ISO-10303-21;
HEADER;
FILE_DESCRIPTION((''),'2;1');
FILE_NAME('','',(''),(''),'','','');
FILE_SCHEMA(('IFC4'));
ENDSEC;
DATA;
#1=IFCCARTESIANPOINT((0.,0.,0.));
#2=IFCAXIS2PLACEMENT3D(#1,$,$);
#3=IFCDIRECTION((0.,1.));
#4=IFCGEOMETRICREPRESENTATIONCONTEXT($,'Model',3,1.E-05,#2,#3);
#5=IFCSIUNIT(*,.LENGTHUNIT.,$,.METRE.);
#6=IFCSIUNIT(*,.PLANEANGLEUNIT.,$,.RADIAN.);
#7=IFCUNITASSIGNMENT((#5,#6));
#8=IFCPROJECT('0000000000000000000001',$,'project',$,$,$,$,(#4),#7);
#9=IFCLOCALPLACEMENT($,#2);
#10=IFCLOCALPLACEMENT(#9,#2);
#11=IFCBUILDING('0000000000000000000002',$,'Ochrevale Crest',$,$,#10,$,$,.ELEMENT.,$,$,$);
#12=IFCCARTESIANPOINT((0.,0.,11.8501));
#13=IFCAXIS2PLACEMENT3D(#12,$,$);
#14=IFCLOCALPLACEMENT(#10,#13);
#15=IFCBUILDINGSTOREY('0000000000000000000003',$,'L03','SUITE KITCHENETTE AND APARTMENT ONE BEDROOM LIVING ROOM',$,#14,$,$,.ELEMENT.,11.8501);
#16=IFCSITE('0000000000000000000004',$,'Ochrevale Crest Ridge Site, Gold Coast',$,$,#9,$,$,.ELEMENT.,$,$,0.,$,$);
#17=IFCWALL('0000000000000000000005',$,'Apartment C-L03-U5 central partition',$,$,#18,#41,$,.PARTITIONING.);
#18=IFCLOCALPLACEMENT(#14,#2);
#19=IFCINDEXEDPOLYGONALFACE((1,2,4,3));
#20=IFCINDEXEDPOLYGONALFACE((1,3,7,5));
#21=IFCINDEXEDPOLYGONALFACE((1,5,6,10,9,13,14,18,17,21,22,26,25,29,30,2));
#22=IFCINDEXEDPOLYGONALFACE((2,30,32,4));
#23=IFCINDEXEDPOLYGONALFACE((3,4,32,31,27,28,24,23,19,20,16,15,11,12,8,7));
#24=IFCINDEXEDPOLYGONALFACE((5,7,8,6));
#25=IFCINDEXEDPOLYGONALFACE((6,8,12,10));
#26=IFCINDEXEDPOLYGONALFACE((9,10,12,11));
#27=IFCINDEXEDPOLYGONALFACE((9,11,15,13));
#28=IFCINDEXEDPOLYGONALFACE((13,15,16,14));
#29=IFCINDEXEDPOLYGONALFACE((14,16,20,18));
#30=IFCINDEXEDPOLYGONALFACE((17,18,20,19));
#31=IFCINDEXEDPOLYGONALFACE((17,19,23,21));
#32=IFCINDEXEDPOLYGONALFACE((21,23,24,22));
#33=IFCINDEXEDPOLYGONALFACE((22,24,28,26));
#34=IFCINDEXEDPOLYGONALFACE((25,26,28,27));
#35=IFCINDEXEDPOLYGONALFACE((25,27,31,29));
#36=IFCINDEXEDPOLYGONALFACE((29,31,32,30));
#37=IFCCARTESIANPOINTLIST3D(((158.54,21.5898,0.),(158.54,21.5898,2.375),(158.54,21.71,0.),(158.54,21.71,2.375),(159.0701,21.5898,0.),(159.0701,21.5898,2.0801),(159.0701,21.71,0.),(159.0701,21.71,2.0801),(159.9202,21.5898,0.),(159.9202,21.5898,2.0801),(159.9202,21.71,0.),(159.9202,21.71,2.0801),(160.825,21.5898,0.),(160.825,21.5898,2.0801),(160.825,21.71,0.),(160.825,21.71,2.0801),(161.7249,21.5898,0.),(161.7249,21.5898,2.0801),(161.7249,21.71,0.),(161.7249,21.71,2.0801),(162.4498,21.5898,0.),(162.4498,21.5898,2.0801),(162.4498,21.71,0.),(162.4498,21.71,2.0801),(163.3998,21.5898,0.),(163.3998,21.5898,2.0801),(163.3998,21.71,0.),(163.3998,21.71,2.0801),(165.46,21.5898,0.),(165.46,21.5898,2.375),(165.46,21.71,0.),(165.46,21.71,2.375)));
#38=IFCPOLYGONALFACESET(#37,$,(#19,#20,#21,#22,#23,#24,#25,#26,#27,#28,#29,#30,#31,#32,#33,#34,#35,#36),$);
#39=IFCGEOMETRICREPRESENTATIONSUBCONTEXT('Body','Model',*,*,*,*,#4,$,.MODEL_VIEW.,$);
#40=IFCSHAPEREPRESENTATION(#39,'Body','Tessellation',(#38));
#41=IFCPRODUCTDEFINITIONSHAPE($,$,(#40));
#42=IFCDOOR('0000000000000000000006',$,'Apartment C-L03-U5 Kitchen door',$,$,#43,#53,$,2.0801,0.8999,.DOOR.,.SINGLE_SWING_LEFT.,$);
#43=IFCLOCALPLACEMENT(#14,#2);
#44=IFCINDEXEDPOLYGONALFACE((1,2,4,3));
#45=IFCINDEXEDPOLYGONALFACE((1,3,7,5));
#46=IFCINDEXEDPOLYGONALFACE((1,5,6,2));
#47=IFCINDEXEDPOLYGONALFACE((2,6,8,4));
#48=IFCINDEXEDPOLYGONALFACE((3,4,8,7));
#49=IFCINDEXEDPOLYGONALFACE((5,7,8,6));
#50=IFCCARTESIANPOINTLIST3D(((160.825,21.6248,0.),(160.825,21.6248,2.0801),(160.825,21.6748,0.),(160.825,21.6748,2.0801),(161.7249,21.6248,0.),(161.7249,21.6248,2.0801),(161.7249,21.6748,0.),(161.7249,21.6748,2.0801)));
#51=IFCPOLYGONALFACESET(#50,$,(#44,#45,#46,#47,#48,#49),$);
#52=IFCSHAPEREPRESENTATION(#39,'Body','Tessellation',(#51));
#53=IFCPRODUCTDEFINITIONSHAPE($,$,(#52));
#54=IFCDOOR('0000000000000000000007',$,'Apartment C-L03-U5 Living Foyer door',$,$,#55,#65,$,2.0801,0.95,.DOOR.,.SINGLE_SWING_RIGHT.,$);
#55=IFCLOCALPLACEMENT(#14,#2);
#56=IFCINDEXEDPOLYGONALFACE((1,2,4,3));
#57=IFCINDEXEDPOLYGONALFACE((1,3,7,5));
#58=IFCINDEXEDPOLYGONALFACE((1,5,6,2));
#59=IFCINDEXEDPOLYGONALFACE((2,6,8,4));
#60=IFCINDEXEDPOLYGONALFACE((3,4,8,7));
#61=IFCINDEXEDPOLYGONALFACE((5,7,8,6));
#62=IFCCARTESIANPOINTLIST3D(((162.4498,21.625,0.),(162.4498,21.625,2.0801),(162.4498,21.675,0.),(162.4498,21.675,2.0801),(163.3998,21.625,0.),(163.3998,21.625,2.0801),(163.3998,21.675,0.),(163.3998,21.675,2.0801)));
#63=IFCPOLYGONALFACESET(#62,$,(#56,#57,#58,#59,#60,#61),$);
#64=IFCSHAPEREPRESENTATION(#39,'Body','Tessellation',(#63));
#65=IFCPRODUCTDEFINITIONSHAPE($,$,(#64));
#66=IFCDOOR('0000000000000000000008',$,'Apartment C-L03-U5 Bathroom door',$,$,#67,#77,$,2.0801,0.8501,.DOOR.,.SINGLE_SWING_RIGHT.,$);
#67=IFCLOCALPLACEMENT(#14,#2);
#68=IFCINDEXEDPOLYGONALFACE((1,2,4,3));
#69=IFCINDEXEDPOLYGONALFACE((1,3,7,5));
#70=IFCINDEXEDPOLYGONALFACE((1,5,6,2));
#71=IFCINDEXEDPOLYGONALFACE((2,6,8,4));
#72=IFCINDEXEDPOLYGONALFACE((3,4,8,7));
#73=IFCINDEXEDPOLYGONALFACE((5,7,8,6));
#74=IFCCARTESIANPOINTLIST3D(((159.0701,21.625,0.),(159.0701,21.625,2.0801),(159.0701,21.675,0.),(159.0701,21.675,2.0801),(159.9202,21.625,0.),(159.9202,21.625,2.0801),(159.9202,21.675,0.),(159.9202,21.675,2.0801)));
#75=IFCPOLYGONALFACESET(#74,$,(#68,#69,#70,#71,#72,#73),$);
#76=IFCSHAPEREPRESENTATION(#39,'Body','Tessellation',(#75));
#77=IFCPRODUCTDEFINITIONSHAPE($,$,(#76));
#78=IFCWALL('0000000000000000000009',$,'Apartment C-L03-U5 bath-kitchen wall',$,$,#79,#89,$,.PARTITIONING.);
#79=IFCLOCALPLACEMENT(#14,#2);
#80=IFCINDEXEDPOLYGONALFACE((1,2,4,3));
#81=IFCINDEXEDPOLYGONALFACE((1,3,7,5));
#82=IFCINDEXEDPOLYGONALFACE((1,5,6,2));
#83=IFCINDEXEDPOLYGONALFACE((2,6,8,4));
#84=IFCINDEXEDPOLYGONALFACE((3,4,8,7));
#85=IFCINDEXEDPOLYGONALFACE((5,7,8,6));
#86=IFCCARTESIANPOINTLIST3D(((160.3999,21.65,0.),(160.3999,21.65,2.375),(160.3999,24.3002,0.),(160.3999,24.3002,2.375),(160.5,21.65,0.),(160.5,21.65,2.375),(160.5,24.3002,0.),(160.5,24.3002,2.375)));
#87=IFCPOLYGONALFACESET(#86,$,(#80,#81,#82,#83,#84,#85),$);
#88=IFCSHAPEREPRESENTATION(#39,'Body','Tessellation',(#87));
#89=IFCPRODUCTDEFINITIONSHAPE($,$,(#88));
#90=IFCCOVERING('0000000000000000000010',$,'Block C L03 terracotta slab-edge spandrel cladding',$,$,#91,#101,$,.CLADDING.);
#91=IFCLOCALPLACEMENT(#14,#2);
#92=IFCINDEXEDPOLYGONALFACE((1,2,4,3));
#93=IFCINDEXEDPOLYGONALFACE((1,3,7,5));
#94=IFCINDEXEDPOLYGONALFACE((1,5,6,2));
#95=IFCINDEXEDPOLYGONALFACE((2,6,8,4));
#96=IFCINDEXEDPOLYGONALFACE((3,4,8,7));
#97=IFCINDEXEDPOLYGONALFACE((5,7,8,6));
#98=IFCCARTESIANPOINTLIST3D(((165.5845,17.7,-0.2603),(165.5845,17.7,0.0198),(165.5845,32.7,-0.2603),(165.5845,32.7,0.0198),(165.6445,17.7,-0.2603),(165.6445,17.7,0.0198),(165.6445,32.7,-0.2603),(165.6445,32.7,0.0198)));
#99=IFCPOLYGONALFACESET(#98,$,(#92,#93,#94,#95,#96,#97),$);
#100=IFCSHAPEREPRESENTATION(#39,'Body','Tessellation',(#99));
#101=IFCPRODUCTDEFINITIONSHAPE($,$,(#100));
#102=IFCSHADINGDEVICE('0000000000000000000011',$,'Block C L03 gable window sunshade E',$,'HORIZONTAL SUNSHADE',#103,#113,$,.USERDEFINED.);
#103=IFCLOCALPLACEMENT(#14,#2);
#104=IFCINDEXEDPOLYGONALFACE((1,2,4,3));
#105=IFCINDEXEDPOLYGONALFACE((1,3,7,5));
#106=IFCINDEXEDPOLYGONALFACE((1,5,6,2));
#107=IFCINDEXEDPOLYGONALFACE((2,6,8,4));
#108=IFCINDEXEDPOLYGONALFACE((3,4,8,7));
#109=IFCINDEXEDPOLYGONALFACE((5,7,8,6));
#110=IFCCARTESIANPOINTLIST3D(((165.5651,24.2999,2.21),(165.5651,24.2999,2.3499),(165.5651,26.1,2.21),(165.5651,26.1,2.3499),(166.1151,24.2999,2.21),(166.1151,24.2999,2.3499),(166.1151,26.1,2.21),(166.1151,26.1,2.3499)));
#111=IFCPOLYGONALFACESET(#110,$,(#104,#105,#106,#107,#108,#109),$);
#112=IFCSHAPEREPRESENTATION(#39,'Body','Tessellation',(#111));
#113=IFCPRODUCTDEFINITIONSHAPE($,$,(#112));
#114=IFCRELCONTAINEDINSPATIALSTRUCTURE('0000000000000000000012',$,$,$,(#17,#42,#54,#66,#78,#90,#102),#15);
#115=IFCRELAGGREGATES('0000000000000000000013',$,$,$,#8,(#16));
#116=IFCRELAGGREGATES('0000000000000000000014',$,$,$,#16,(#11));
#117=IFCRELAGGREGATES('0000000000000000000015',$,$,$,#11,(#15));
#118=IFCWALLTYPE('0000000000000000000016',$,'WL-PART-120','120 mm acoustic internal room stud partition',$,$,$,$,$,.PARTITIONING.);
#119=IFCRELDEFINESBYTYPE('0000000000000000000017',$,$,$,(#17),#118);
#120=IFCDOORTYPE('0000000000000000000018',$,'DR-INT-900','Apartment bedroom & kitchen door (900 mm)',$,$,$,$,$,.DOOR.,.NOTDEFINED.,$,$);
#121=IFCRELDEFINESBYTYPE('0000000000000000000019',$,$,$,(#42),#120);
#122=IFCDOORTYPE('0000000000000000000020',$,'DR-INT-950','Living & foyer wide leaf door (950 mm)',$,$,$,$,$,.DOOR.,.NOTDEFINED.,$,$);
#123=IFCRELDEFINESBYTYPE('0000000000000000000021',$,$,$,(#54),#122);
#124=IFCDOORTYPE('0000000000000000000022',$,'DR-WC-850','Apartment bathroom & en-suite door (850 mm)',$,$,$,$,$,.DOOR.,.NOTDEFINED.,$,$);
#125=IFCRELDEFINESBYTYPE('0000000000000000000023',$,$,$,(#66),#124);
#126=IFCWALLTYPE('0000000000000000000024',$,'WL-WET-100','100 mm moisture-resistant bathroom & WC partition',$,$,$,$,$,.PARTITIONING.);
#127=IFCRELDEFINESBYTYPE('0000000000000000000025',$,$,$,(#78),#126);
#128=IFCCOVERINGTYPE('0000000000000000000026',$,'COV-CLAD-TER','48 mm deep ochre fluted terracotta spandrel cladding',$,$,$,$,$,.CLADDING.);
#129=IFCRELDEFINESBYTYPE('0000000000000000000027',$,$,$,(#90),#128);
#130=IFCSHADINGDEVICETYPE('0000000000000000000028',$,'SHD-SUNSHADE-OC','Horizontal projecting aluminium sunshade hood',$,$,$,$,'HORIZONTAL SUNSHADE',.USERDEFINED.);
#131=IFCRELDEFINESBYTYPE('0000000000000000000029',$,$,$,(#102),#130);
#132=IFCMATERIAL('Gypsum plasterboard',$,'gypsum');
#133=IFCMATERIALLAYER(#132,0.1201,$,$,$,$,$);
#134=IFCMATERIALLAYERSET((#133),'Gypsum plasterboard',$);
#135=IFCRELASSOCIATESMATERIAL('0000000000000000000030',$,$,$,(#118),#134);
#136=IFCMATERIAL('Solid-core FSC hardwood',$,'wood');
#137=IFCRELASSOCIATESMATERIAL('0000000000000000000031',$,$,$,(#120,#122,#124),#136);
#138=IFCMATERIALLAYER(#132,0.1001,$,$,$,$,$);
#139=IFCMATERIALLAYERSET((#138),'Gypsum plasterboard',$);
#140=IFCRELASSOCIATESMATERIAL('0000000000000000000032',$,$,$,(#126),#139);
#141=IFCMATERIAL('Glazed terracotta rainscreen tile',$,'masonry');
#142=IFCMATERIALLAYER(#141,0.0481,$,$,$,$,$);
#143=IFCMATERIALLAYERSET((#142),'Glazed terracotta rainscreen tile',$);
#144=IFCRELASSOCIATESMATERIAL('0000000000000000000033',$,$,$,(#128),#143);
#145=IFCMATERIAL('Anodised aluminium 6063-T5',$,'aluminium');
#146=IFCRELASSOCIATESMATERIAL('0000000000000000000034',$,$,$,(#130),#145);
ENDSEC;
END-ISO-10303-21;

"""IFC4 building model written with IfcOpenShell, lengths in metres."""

from ifc_helpers import new_model, si_unit, direction, frame, frame_2d, origin, origin_2d, place, context, subcontext, project, spatial, rectangle, extrude, material, layer, layer_set, type_object, element, fill, save


model = new_model("IFC4")

# Units and contexts
model_context = context("Model", 3, precision=1e-05, world=origin(), true_north=direction((0.0, 1.0)))
body_context = subcontext(model_context, "Body", "Model", "MODEL_VIEW")
ifc_project = project(units=[si_unit("LENGTHUNIT", "METRE"), si_unit("PLANEANGLEUNIT", "RADIAN")], contexts=[model_context])

# Site, building, storey
site_placement = place(None, origin())
site = spatial("IfcSite", under=ifc_project, at=site_placement, Name="Ochrevale Crest Ridge Site, Gold Coast", CompositionType="ELEMENT", RefElevation=0.0)
building_placement = place(site_placement, origin())
building = spatial("IfcBuilding", under=site, at=building_placement, Name="Ochrevale Crest", CompositionType="ELEMENT")
storey_placement = place(building_placement, frame((0.0, 0.0, 11.8501)))
storey = spatial("IfcBuildingStorey", under=building, at=storey_placement, Name="L03", Description="SUITE KITCHENETTE AND APARTMENT ONE BEDROOM LIVING ROOM", CompositionType="ELEMENT", Elevation=11.8501)

# Shared definitions
ifc_material_1 = material(Name="Anodised aluminium 6063-T5", Category="aluminium")

# Shared definitions
ifc_material_2 = material(Name="Gypsum plasterboard", Category="gypsum")
ifc_material_3 = material(Name="Solid-core FSC hardwood", Category="wood")

# Shared definitions
ifc_layer_1 = layer(ifc_material_2, 0.1201)
ifc_layer_set_1 = layer_set([ifc_layer_1], Name="Gypsum plasterboard")
wall_type_1 = type_object("IfcWallType", Name="WL-PART-120", Description="120 mm acoustic internal room stud partition", PredefinedType="PARTITIONING", material=ifc_layer_set_1)

# Wall, openings, doors
wall_1_placement = place(storey_placement, frame((158.54, 21.6499, 0.0), z_axis=(0.0, 0.0, 1.0), x_axis=(1.0, 0.0, 0.0)))
wall_1 = element("IfcWall", 1, at=wall_1_placement, inside=storey, type_object=wall_type_1, Name="Apartment C-L03-U5 central partition", PredefinedType="PARTITIONING", context=body_context, shape_type="SweptSolid", body=[
    extrude(rectangle(XDim=6.9199, YDim=0.1201, at=frame_2d((3.46, 0.0))), origin(), (0.0, 0.0, 1.0), 2.375),
])
opening_1_placement = place(wall_1_placement, frame((1.3801, 0.0, 0.0), z_axis=(0.0, 0.0, 1.0), x_axis=(-1.0, 0.0, 0.0)))
opening_1 = element("IfcOpeningElement", 2, at=opening_1_placement, cuts=wall_1, PredefinedType="OPENING", context=body_context, shape_type="SweptSolid", body=[
    extrude(rectangle(XDim=0.8501, YDim=2.0801, at=frame_2d((0.425, 1.04))), frame((0.0, 0.0701, 0.0), z_axis=(0.0, -1.0, 0.0), x_axis=(1.0, 0.0, 0.0)), (0.0, 0.0, 1.0), 0.1401),
])
opening_2_placement = place(wall_1_placement, frame((2.2849, 0.0, 0.0)))
opening_2 = element("IfcOpeningElement", 3, at=opening_2_placement, cuts=wall_1, PredefinedType="OPENING", context=body_context, shape_type="SweptSolid", body=[
    extrude(rectangle(XDim=0.8999, YDim=2.0801, at=frame_2d((0.45, 1.04))), frame((0.0, 0.0701, 0.0), z_axis=(0.0, -1.0, 0.0), x_axis=(1.0, 0.0, 0.0)), (0.0, 0.0, 1.0), 0.1401),
])
opening_3_placement = place(wall_1_placement, frame((4.8599, 0.0, 0.0), z_axis=(0.0, 0.0, 1.0), x_axis=(-1.0, 0.0, 0.0)))
opening_3 = element("IfcOpeningElement", 4, at=opening_3_placement, cuts=wall_1, PredefinedType="OPENING", context=body_context, shape_type="SweptSolid", body=[
    extrude(rectangle(XDim=0.95, YDim=2.0801, at=frame_2d((0.4751, 1.04))), frame((0.0, 0.0701, 0.0), z_axis=(0.0, -1.0, 0.0), x_axis=(1.0, 0.0, 0.0)), (0.0, 0.0, 1.0), 0.1401),
])
door_type_1 = type_object("IfcDoorType", Name="DR-INT-900", Description="Apartment bedroom & kitchen door (900 mm)", OperationType="NOTDEFINED", PredefinedType="DOOR", material=ifc_material_3)
door_1_placement = place(opening_2_placement, origin())
door_1 = element("IfcDoor", 5, at=door_1_placement, inside=storey, type_object=door_type_1, Name="Apartment C-L03-U5 Kitchen door", OperationType="SINGLE_SWING_LEFT", OverallHeight=2.0801, OverallWidth=0.8999, PredefinedType="DOOR", context=body_context, shape_type="SweptSolid", body=[
    extrude(rectangle(XDim=0.8999, YDim=2.0801, at=frame_2d((0.45, 1.04))), frame((0.0, 0.0249, 0.0), z_axis=(0.0, -1.0, 0.0), x_axis=(1.0, 0.0, 0.0)), (0.0, 0.0, 1.0), 0.05),
])
fill(opening_2, door_1)
door_type_2 = type_object("IfcDoorType", Name="DR-INT-950", Description="Living & foyer wide leaf door (950 mm)", OperationType="NOTDEFINED", PredefinedType="DOOR", material=ifc_material_3)
door_2_placement = place(opening_3_placement, origin())
door_2 = element("IfcDoor", 6, at=door_2_placement, inside=storey, type_object=door_type_2, Name="Apartment C-L03-U5 Living Foyer door", OperationType="SINGLE_SWING_RIGHT", OverallHeight=2.0801, OverallWidth=0.95, PredefinedType="DOOR", context=body_context, shape_type="SweptSolid", body=[
    extrude(rectangle(XDim=0.95, YDim=2.0801, at=frame_2d((0.4751, 1.04))), frame((0.0, 0.0249, 0.0), z_axis=(0.0, -1.0, 0.0), x_axis=(1.0, 0.0, 0.0)), (0.0, 0.0, 1.0), 0.05),
])
fill(opening_3, door_2)
door_type_3 = type_object("IfcDoorType", Name="DR-WC-850", Description="Apartment bathroom & en-suite door (850 mm)", OperationType="NOTDEFINED", PredefinedType="DOOR", material=ifc_material_3)
door_3_placement = place(opening_1_placement, origin())
door_3 = element("IfcDoor", 7, at=door_3_placement, inside=storey, type_object=door_type_3, Name="Apartment C-L03-U5 Bathroom door", OperationType="SINGLE_SWING_RIGHT", OverallHeight=2.0801, OverallWidth=0.8501, PredefinedType="DOOR", context=body_context, shape_type="SweptSolid", body=[
    extrude(rectangle(XDim=0.8501, YDim=2.0801, at=frame_2d((0.425, 1.04))), frame((0.0, 0.0249, 0.0), z_axis=(0.0, -1.0, 0.0), x_axis=(1.0, 0.0, 0.0)), (0.0, 0.0, 1.0), 0.05),
])
fill(opening_1, door_3)

# Wall
ifc_layer_2 = layer(ifc_material_2, 0.1001)
ifc_layer_set_2 = layer_set([ifc_layer_2], Name="Gypsum plasterboard")
wall_type_2 = type_object("IfcWallType", Name="WL-WET-100", Description="100 mm moisture-resistant bathroom & WC partition", PredefinedType="PARTITIONING", material=ifc_layer_set_2)
wall_2_placement = place(storey_placement, frame((160.45, 21.6499, 0.0), z_axis=(0.0, 0.0, 1.0), x_axis=(0.0, 1.0, 0.0)))
element("IfcWall", 8, at=wall_2_placement, inside=storey, type_object=wall_type_2, Name="Apartment C-L03-U5 bath-kitchen wall", PredefinedType="PARTITIONING", context=body_context, shape_type="SweptSolid", body=[
    extrude(rectangle(XDim=2.6501, YDim=0.1001, at=frame_2d((1.3252, 0.0))), origin(), (0.0, 0.0, 1.0), 2.375),
])

# Covering
ifc_material_4 = material(Name="Glazed terracotta rainscreen tile", Category="masonry")
ifc_layer_3 = layer(ifc_material_4, 0.0481)
ifc_layer_set_3 = layer_set([ifc_layer_3], Name="Glazed terracotta rainscreen tile")
covering_type = type_object("IfcCoveringType", Name="COV-CLAD-TER", Description="48 mm deep ochre fluted terracotta spandrel cladding", PredefinedType="CLADDING", material=ifc_layer_set_3)
covering_placement = place(storey_placement, frame((165.6145, 25.2, -0.2603), z_axis=(0.0, 0.0, 1.0), x_axis=(0.0, 1.0, 0.0)))
element("IfcCovering", 9, at=covering_placement, inside=storey, type_object=covering_type, Name="Block C L03 terracotta slab-edge spandrel cladding", PredefinedType="CLADDING", context=body_context, shape_type="SweptSolid", body=[
    extrude(rectangle(XDim=15.0, YDim=0.0601, at=origin_2d()), origin(), (0.0, 0.0, 1.0), 0.28),
])

# Shading device
shading_device_type = type_object("IfcShadingDeviceType", Name="SHD-SUNSHADE-OC", Description="Horizontal projecting aluminium sunshade hood", ElementType="HORIZONTAL SUNSHADE", PredefinedType="USERDEFINED", material=ifc_material_1)
shading_device_placement = place(storey_placement, frame((165.8401, 25.2, 2.21), z_axis=(0.0, 0.0, 1.0), x_axis=(1.0, 0.0, 0.0)))
element("IfcShadingDevice", 10, at=shading_device_placement, inside=storey, type_object=shading_device_type, Name="Block C L03 gable window sunshade E", ObjectType="HORIZONTAL SUNSHADE", PredefinedType="USERDEFINED", context=body_context, shape_type="SweptSolid", body=[
    extrude(rectangle(XDim=0.55, YDim=1.8, at=origin_2d()), origin(), (0.0, 0.0, 1.0), 0.1399),
])

save(model, "model.ifc")
